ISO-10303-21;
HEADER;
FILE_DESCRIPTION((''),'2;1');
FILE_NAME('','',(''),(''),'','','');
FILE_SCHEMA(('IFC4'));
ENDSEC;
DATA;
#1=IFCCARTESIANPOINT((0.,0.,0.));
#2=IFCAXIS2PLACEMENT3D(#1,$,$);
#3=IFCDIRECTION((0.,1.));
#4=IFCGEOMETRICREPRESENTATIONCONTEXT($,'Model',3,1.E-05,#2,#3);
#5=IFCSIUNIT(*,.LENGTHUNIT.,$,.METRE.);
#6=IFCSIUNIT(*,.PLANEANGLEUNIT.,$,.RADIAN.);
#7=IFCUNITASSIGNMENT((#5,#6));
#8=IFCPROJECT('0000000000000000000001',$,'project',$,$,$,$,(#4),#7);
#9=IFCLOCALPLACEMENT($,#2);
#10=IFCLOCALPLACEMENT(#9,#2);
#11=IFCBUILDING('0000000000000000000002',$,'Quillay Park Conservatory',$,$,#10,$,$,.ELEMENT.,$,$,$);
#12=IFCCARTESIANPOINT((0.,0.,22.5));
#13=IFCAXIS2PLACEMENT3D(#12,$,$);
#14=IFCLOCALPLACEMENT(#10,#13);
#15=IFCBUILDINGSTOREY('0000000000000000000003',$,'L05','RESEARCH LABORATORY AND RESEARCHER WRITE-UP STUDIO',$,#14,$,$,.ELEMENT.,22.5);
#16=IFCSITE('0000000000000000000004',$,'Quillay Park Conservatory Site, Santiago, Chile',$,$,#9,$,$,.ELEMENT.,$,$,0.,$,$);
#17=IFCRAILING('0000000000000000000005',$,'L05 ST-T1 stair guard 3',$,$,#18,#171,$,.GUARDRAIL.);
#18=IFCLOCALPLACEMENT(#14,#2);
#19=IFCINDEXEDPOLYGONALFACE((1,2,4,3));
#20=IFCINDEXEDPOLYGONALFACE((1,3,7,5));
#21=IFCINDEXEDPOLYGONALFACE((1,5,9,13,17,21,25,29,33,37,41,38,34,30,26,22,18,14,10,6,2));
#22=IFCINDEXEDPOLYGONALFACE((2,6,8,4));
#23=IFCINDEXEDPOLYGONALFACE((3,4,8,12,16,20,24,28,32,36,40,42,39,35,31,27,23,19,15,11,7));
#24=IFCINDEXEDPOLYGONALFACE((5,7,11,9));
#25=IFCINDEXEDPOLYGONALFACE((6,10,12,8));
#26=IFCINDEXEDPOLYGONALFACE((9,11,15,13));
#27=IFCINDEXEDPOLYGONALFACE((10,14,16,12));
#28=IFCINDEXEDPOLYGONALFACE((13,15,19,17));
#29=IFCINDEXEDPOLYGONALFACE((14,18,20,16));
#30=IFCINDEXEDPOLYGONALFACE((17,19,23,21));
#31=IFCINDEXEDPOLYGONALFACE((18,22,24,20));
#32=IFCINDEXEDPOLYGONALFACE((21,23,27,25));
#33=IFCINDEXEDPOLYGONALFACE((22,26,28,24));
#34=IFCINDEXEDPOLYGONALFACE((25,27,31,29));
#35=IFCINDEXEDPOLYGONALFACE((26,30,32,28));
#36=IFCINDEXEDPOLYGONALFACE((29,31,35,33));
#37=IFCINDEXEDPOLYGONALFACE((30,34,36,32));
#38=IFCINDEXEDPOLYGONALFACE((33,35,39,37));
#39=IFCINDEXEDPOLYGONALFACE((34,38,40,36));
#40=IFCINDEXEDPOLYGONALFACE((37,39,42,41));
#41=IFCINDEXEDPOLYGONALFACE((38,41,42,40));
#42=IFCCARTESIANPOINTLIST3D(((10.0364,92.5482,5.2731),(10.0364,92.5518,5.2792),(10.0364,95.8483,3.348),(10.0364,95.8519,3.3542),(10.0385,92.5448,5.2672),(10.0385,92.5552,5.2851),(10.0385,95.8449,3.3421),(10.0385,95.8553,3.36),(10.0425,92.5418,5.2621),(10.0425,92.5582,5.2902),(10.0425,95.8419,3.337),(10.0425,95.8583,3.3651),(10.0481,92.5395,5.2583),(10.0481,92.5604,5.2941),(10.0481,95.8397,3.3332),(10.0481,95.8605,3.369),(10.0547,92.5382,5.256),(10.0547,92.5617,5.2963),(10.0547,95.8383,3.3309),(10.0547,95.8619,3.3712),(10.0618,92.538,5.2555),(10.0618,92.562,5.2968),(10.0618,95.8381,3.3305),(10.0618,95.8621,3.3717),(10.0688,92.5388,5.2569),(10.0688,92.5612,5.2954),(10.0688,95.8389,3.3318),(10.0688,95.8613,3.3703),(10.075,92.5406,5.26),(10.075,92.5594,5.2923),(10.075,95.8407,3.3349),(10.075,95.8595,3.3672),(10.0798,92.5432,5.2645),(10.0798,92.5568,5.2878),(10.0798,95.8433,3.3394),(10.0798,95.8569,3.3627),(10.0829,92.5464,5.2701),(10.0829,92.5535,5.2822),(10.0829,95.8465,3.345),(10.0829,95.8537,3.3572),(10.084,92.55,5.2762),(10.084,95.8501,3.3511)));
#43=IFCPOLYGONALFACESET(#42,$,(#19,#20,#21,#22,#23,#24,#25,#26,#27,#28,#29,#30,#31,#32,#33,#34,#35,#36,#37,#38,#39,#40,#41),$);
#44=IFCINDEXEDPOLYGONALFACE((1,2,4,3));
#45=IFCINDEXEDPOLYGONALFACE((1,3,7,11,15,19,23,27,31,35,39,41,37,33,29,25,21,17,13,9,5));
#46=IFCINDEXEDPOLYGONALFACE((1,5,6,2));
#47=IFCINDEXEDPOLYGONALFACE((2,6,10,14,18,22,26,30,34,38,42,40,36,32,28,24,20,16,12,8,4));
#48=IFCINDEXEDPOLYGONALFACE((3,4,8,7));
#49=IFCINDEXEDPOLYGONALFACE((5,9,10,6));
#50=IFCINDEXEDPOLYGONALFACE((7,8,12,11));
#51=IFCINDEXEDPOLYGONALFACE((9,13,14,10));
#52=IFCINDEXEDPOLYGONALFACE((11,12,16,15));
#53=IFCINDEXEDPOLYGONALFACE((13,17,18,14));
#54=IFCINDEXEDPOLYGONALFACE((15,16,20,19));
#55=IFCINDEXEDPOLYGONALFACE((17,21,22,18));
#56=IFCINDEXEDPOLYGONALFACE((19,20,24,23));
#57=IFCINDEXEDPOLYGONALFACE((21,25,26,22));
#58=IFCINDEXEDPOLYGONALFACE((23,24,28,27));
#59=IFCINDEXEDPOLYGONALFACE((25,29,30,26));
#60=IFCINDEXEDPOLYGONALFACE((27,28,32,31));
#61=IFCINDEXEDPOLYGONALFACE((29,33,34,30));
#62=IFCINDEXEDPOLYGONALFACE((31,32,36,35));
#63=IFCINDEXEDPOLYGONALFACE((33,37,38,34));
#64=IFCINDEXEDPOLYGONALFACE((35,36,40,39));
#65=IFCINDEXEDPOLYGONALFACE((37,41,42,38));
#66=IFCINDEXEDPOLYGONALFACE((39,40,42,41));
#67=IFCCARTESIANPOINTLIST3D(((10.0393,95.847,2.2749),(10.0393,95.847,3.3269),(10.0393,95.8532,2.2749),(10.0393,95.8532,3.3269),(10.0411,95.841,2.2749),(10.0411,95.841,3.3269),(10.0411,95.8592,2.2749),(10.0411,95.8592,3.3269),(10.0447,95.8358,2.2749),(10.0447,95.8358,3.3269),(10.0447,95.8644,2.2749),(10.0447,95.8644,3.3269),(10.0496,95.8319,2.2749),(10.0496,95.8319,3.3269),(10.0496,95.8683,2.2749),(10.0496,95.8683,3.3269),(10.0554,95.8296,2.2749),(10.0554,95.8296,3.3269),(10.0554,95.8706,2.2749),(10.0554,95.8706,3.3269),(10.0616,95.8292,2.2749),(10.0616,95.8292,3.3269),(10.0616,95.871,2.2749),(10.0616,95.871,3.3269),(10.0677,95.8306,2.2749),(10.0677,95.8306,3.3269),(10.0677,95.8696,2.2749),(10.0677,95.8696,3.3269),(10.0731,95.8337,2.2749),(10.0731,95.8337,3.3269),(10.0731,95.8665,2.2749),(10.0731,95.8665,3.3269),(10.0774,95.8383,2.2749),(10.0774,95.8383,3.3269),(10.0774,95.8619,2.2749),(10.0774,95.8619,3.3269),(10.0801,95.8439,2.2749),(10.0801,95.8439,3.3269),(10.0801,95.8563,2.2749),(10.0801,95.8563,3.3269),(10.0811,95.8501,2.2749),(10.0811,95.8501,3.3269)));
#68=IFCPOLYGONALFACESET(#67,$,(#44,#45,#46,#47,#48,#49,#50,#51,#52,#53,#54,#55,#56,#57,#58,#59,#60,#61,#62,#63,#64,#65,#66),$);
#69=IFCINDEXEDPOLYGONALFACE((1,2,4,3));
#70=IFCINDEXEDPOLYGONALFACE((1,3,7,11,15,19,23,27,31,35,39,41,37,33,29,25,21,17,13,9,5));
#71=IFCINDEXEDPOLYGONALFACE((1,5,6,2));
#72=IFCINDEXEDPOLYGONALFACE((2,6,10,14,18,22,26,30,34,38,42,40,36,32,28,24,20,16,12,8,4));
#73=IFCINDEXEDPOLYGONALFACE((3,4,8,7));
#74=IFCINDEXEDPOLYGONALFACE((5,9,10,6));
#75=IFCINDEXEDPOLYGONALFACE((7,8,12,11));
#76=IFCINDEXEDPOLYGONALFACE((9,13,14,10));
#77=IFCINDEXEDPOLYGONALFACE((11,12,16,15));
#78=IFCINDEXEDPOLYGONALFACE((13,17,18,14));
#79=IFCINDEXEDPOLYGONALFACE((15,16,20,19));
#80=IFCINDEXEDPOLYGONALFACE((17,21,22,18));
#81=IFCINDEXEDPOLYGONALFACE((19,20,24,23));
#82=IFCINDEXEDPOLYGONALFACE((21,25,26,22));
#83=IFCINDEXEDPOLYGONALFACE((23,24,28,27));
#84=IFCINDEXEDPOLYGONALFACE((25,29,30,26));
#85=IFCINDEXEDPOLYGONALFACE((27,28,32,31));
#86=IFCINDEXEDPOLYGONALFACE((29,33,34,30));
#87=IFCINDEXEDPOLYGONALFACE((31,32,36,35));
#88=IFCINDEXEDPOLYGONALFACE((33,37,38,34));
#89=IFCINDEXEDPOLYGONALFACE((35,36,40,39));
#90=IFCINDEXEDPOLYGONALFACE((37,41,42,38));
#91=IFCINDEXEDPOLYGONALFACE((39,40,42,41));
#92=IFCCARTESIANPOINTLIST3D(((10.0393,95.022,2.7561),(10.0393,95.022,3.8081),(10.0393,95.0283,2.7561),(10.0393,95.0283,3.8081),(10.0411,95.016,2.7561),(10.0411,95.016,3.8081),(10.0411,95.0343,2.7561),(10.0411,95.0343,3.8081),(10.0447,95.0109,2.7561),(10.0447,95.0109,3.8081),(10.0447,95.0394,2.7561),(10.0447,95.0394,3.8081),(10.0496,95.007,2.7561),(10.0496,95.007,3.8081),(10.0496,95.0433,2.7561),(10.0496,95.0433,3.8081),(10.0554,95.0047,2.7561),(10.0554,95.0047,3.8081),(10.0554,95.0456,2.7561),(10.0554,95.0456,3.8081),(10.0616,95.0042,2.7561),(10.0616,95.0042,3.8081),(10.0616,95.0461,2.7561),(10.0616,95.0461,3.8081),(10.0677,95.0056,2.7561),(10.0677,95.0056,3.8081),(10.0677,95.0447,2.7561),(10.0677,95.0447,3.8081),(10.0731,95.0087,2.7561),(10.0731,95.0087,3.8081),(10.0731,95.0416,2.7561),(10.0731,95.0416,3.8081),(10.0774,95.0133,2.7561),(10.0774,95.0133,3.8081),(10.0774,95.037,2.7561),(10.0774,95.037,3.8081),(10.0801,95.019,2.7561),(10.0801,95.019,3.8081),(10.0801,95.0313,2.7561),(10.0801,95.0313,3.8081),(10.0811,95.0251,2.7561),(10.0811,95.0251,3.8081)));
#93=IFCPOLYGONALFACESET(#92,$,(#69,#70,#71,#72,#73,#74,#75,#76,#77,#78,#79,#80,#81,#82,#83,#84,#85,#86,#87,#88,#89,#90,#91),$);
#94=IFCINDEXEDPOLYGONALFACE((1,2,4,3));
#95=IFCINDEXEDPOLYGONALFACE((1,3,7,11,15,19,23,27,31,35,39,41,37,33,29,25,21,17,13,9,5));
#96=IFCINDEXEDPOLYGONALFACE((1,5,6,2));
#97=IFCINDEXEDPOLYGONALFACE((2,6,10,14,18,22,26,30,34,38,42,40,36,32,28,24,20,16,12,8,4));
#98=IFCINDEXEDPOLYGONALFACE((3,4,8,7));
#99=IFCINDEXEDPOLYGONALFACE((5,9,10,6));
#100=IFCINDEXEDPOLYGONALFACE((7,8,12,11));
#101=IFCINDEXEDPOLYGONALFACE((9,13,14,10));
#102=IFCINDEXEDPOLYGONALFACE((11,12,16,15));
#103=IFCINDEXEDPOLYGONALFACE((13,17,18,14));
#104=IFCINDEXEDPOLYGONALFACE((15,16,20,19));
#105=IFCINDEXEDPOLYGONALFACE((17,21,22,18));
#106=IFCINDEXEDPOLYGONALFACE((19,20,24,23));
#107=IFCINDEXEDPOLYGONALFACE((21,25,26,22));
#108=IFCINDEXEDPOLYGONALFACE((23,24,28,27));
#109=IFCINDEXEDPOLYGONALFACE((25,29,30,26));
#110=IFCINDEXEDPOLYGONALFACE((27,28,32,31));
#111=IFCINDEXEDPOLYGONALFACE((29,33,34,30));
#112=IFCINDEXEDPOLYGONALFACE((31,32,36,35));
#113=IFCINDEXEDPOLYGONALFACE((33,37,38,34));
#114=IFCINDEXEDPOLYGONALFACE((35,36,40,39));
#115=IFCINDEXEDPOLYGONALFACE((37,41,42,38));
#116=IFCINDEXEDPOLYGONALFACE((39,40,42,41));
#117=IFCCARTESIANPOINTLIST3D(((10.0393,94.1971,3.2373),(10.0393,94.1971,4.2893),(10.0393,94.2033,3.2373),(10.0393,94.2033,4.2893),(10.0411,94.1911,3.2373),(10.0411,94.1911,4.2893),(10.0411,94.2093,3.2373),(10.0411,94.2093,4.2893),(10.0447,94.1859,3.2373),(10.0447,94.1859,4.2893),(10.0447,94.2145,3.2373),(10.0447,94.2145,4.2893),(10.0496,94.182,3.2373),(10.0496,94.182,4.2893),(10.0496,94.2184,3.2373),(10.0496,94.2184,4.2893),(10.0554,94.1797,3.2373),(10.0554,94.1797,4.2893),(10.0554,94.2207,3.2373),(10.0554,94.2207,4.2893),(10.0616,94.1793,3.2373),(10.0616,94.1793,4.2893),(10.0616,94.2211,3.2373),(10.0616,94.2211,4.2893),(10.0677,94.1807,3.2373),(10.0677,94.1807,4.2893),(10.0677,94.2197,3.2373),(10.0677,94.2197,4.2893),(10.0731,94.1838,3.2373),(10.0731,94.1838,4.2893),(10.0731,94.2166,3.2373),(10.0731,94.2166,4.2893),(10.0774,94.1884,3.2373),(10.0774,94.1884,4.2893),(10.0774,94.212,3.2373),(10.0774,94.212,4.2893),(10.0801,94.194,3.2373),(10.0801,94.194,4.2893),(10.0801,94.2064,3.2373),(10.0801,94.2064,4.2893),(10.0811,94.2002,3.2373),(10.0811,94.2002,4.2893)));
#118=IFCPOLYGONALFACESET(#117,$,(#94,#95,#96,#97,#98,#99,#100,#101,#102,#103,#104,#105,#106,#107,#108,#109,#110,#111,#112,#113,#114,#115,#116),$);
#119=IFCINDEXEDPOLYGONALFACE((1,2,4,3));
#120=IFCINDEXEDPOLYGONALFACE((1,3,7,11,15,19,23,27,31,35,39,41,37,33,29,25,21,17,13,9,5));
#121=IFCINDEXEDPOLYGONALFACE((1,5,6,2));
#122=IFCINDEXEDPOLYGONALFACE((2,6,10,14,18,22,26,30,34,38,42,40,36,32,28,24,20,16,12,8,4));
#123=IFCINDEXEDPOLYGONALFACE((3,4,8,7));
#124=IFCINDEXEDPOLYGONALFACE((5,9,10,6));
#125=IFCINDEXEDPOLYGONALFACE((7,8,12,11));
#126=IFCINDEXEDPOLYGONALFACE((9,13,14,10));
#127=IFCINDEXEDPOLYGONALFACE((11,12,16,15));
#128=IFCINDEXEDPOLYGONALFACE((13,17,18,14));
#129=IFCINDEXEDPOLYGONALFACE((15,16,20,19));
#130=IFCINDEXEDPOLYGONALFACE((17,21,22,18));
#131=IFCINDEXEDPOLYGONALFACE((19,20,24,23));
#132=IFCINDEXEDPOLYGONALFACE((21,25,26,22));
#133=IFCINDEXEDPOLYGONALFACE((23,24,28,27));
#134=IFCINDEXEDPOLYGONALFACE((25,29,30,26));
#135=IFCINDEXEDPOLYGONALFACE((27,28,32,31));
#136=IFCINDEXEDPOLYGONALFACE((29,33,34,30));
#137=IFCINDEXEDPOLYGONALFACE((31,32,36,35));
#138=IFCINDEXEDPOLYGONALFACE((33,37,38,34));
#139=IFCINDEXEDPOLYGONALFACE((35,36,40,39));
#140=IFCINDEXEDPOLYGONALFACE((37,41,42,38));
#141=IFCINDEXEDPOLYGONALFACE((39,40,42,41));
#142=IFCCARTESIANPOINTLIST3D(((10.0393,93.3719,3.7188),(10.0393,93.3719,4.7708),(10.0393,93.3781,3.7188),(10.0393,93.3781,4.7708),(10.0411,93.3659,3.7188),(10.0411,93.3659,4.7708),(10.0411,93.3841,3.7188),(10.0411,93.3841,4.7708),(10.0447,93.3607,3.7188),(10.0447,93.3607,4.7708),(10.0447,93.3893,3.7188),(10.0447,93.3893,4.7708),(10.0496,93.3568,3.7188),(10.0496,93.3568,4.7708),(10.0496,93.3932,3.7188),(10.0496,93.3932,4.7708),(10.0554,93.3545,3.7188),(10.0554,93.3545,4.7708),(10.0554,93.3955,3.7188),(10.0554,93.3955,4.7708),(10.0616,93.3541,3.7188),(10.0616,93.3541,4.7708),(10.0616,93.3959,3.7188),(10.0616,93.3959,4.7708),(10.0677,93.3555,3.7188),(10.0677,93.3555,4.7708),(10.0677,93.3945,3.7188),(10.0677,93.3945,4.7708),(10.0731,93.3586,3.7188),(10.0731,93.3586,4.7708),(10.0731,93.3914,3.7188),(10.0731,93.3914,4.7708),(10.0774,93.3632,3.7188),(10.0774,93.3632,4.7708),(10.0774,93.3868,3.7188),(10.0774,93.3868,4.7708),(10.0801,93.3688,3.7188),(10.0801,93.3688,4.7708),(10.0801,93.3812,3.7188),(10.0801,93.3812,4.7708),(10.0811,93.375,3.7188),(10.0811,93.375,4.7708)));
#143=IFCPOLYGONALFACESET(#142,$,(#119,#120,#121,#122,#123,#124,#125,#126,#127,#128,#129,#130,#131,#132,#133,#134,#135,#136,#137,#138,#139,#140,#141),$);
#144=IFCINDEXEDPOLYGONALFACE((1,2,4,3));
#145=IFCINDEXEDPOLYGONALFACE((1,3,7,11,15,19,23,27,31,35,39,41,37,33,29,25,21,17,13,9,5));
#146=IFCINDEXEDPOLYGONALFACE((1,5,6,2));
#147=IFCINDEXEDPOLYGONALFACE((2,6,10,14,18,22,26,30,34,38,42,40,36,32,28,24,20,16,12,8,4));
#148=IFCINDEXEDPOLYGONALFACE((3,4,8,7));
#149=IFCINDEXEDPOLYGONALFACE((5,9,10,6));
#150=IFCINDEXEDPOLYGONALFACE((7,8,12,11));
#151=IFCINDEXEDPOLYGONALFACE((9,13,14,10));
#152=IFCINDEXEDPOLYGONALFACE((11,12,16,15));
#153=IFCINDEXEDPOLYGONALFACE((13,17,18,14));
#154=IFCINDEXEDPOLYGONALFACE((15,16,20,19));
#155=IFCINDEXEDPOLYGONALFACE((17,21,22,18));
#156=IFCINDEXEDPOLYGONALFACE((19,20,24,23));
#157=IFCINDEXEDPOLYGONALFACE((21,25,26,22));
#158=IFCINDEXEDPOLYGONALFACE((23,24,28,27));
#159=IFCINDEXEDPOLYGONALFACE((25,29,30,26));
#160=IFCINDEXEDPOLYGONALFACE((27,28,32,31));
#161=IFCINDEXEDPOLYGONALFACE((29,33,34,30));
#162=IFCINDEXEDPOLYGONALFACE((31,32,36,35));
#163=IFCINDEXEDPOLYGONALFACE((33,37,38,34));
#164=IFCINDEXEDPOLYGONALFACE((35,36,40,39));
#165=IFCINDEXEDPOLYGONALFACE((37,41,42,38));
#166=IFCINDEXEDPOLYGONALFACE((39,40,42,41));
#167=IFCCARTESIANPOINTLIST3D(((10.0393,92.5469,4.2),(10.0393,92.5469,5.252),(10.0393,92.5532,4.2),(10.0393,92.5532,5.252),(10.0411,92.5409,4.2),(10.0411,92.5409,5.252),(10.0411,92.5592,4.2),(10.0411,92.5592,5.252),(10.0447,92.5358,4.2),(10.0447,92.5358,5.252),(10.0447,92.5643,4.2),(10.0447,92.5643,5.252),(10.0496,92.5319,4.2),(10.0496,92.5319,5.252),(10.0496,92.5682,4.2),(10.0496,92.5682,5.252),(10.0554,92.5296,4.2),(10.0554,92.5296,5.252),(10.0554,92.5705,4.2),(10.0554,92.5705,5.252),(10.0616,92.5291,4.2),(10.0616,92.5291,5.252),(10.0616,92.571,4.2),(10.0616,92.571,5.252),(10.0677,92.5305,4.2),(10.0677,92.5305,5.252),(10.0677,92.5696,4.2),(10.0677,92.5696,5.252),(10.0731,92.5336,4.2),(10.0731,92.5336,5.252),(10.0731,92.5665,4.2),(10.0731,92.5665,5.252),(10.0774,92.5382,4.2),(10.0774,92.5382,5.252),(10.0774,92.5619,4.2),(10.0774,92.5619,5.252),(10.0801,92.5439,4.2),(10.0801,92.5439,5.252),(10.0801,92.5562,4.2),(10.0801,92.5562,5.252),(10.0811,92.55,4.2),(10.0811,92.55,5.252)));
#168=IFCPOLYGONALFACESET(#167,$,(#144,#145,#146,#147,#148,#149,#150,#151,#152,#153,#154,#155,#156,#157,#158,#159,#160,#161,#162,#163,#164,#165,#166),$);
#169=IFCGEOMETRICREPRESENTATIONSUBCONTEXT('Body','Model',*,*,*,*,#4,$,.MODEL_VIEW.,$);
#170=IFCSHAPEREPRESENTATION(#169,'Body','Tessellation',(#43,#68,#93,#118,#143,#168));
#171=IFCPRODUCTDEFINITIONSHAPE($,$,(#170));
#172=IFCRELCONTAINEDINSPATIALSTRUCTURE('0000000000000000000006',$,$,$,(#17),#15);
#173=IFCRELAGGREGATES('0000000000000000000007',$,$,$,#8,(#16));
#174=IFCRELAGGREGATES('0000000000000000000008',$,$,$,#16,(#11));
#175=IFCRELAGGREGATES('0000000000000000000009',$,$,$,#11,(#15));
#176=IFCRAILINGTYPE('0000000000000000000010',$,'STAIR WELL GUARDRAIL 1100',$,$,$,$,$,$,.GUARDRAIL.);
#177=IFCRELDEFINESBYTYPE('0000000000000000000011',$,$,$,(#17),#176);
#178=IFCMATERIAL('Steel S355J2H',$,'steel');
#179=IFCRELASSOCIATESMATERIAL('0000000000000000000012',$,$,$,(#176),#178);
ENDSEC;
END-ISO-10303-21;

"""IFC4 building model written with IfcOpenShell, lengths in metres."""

from ifc_helpers import new_model, si_unit, direction, frame, origin, origin_2d, place, context, subcontext, project, spatial, circle, extrude, material, type_object, element, save


model = new_model("IFC4")

# Units and contexts
model_context = context("Model", 3, precision=1e-05, world=origin(), true_north=direction((0.0, 1.0)))
body_context = subcontext(model_context, "Body", "Model", "MODEL_VIEW")
ifc_project = project(units=[si_unit("LENGTHUNIT", "METRE"), si_unit("PLANEANGLEUNIT", "RADIAN")], contexts=[model_context])

# Site, building, storey
site_placement = place(None, origin())
site = spatial("IfcSite", under=ifc_project, at=site_placement, Name="Quillay Park Conservatory Site, Santiago, Chile", CompositionType="ELEMENT", RefElevation=0.0)
building_placement = place(site_placement, origin())
building = spatial("IfcBuilding", under=site, at=building_placement, Name="Quillay Park Conservatory", CompositionType="ELEMENT")
storey_placement = place(building_placement, frame((0.0, 0.0, 22.5)))
storey = spatial("IfcBuildingStorey", under=building, at=storey_placement, Name="L05", Description="RESEARCH LABORATORY AND RESEARCHER WRITE-UP STUDIO", CompositionType="ELEMENT", Elevation=22.5)

# Railing
ifc_material_1 = material(Name="Steel S355J2H", Category="steel")
railing_type_1 = type_object("IfcRailingType", Name="STAIR WELL GUARDRAIL 1100", PredefinedType="GUARDRAIL", material=ifc_material_1)
railing_1_placement = place(storey_placement, frame((10.0601, 95.8501, 2.2749)))
element("IfcRailing", 1, at=railing_1_placement, inside=storey, type_object=railing_type_1, Name="L05 ST-T1 stair guard 3", PredefinedType="GUARDRAIL", context=body_context, shape_type="SweptSolid", body=[
    extrude(circle(Radius=0.0239, at=origin_2d()), frame((0.0, 0.0, 1.0762), z_axis=(0.0, -0.863777, 0.503875), x_axis=(1.0, 0.0, 0.0)), (0.0, 0.0, 1.0), 3.8206),
    extrude(circle(Radius=0.021, at=origin_2d()), origin(), (0.0, 0.0, 1.0), 1.052),
    extrude(circle(Radius=0.021, at=origin_2d()), frame((0.0, -0.825, 0.4812)), (0.0, 0.0, 1.0), 1.052),
    extrude(circle(Radius=0.021, at=origin_2d()), frame((0.0, -1.6499, 0.9624)), (0.0, 0.0, 1.0), 1.052),
    extrude(circle(Radius=0.021, at=origin_2d()), frame((0.0, -2.4751, 1.4438)), (0.0, 0.0, 1.0), 1.052),
    extrude(circle(Radius=0.021, at=origin_2d()), frame((0.0, -3.3, 1.925)), (0.0, 0.0, 1.0), 1.052),
])

save(model, "model.ifc")
